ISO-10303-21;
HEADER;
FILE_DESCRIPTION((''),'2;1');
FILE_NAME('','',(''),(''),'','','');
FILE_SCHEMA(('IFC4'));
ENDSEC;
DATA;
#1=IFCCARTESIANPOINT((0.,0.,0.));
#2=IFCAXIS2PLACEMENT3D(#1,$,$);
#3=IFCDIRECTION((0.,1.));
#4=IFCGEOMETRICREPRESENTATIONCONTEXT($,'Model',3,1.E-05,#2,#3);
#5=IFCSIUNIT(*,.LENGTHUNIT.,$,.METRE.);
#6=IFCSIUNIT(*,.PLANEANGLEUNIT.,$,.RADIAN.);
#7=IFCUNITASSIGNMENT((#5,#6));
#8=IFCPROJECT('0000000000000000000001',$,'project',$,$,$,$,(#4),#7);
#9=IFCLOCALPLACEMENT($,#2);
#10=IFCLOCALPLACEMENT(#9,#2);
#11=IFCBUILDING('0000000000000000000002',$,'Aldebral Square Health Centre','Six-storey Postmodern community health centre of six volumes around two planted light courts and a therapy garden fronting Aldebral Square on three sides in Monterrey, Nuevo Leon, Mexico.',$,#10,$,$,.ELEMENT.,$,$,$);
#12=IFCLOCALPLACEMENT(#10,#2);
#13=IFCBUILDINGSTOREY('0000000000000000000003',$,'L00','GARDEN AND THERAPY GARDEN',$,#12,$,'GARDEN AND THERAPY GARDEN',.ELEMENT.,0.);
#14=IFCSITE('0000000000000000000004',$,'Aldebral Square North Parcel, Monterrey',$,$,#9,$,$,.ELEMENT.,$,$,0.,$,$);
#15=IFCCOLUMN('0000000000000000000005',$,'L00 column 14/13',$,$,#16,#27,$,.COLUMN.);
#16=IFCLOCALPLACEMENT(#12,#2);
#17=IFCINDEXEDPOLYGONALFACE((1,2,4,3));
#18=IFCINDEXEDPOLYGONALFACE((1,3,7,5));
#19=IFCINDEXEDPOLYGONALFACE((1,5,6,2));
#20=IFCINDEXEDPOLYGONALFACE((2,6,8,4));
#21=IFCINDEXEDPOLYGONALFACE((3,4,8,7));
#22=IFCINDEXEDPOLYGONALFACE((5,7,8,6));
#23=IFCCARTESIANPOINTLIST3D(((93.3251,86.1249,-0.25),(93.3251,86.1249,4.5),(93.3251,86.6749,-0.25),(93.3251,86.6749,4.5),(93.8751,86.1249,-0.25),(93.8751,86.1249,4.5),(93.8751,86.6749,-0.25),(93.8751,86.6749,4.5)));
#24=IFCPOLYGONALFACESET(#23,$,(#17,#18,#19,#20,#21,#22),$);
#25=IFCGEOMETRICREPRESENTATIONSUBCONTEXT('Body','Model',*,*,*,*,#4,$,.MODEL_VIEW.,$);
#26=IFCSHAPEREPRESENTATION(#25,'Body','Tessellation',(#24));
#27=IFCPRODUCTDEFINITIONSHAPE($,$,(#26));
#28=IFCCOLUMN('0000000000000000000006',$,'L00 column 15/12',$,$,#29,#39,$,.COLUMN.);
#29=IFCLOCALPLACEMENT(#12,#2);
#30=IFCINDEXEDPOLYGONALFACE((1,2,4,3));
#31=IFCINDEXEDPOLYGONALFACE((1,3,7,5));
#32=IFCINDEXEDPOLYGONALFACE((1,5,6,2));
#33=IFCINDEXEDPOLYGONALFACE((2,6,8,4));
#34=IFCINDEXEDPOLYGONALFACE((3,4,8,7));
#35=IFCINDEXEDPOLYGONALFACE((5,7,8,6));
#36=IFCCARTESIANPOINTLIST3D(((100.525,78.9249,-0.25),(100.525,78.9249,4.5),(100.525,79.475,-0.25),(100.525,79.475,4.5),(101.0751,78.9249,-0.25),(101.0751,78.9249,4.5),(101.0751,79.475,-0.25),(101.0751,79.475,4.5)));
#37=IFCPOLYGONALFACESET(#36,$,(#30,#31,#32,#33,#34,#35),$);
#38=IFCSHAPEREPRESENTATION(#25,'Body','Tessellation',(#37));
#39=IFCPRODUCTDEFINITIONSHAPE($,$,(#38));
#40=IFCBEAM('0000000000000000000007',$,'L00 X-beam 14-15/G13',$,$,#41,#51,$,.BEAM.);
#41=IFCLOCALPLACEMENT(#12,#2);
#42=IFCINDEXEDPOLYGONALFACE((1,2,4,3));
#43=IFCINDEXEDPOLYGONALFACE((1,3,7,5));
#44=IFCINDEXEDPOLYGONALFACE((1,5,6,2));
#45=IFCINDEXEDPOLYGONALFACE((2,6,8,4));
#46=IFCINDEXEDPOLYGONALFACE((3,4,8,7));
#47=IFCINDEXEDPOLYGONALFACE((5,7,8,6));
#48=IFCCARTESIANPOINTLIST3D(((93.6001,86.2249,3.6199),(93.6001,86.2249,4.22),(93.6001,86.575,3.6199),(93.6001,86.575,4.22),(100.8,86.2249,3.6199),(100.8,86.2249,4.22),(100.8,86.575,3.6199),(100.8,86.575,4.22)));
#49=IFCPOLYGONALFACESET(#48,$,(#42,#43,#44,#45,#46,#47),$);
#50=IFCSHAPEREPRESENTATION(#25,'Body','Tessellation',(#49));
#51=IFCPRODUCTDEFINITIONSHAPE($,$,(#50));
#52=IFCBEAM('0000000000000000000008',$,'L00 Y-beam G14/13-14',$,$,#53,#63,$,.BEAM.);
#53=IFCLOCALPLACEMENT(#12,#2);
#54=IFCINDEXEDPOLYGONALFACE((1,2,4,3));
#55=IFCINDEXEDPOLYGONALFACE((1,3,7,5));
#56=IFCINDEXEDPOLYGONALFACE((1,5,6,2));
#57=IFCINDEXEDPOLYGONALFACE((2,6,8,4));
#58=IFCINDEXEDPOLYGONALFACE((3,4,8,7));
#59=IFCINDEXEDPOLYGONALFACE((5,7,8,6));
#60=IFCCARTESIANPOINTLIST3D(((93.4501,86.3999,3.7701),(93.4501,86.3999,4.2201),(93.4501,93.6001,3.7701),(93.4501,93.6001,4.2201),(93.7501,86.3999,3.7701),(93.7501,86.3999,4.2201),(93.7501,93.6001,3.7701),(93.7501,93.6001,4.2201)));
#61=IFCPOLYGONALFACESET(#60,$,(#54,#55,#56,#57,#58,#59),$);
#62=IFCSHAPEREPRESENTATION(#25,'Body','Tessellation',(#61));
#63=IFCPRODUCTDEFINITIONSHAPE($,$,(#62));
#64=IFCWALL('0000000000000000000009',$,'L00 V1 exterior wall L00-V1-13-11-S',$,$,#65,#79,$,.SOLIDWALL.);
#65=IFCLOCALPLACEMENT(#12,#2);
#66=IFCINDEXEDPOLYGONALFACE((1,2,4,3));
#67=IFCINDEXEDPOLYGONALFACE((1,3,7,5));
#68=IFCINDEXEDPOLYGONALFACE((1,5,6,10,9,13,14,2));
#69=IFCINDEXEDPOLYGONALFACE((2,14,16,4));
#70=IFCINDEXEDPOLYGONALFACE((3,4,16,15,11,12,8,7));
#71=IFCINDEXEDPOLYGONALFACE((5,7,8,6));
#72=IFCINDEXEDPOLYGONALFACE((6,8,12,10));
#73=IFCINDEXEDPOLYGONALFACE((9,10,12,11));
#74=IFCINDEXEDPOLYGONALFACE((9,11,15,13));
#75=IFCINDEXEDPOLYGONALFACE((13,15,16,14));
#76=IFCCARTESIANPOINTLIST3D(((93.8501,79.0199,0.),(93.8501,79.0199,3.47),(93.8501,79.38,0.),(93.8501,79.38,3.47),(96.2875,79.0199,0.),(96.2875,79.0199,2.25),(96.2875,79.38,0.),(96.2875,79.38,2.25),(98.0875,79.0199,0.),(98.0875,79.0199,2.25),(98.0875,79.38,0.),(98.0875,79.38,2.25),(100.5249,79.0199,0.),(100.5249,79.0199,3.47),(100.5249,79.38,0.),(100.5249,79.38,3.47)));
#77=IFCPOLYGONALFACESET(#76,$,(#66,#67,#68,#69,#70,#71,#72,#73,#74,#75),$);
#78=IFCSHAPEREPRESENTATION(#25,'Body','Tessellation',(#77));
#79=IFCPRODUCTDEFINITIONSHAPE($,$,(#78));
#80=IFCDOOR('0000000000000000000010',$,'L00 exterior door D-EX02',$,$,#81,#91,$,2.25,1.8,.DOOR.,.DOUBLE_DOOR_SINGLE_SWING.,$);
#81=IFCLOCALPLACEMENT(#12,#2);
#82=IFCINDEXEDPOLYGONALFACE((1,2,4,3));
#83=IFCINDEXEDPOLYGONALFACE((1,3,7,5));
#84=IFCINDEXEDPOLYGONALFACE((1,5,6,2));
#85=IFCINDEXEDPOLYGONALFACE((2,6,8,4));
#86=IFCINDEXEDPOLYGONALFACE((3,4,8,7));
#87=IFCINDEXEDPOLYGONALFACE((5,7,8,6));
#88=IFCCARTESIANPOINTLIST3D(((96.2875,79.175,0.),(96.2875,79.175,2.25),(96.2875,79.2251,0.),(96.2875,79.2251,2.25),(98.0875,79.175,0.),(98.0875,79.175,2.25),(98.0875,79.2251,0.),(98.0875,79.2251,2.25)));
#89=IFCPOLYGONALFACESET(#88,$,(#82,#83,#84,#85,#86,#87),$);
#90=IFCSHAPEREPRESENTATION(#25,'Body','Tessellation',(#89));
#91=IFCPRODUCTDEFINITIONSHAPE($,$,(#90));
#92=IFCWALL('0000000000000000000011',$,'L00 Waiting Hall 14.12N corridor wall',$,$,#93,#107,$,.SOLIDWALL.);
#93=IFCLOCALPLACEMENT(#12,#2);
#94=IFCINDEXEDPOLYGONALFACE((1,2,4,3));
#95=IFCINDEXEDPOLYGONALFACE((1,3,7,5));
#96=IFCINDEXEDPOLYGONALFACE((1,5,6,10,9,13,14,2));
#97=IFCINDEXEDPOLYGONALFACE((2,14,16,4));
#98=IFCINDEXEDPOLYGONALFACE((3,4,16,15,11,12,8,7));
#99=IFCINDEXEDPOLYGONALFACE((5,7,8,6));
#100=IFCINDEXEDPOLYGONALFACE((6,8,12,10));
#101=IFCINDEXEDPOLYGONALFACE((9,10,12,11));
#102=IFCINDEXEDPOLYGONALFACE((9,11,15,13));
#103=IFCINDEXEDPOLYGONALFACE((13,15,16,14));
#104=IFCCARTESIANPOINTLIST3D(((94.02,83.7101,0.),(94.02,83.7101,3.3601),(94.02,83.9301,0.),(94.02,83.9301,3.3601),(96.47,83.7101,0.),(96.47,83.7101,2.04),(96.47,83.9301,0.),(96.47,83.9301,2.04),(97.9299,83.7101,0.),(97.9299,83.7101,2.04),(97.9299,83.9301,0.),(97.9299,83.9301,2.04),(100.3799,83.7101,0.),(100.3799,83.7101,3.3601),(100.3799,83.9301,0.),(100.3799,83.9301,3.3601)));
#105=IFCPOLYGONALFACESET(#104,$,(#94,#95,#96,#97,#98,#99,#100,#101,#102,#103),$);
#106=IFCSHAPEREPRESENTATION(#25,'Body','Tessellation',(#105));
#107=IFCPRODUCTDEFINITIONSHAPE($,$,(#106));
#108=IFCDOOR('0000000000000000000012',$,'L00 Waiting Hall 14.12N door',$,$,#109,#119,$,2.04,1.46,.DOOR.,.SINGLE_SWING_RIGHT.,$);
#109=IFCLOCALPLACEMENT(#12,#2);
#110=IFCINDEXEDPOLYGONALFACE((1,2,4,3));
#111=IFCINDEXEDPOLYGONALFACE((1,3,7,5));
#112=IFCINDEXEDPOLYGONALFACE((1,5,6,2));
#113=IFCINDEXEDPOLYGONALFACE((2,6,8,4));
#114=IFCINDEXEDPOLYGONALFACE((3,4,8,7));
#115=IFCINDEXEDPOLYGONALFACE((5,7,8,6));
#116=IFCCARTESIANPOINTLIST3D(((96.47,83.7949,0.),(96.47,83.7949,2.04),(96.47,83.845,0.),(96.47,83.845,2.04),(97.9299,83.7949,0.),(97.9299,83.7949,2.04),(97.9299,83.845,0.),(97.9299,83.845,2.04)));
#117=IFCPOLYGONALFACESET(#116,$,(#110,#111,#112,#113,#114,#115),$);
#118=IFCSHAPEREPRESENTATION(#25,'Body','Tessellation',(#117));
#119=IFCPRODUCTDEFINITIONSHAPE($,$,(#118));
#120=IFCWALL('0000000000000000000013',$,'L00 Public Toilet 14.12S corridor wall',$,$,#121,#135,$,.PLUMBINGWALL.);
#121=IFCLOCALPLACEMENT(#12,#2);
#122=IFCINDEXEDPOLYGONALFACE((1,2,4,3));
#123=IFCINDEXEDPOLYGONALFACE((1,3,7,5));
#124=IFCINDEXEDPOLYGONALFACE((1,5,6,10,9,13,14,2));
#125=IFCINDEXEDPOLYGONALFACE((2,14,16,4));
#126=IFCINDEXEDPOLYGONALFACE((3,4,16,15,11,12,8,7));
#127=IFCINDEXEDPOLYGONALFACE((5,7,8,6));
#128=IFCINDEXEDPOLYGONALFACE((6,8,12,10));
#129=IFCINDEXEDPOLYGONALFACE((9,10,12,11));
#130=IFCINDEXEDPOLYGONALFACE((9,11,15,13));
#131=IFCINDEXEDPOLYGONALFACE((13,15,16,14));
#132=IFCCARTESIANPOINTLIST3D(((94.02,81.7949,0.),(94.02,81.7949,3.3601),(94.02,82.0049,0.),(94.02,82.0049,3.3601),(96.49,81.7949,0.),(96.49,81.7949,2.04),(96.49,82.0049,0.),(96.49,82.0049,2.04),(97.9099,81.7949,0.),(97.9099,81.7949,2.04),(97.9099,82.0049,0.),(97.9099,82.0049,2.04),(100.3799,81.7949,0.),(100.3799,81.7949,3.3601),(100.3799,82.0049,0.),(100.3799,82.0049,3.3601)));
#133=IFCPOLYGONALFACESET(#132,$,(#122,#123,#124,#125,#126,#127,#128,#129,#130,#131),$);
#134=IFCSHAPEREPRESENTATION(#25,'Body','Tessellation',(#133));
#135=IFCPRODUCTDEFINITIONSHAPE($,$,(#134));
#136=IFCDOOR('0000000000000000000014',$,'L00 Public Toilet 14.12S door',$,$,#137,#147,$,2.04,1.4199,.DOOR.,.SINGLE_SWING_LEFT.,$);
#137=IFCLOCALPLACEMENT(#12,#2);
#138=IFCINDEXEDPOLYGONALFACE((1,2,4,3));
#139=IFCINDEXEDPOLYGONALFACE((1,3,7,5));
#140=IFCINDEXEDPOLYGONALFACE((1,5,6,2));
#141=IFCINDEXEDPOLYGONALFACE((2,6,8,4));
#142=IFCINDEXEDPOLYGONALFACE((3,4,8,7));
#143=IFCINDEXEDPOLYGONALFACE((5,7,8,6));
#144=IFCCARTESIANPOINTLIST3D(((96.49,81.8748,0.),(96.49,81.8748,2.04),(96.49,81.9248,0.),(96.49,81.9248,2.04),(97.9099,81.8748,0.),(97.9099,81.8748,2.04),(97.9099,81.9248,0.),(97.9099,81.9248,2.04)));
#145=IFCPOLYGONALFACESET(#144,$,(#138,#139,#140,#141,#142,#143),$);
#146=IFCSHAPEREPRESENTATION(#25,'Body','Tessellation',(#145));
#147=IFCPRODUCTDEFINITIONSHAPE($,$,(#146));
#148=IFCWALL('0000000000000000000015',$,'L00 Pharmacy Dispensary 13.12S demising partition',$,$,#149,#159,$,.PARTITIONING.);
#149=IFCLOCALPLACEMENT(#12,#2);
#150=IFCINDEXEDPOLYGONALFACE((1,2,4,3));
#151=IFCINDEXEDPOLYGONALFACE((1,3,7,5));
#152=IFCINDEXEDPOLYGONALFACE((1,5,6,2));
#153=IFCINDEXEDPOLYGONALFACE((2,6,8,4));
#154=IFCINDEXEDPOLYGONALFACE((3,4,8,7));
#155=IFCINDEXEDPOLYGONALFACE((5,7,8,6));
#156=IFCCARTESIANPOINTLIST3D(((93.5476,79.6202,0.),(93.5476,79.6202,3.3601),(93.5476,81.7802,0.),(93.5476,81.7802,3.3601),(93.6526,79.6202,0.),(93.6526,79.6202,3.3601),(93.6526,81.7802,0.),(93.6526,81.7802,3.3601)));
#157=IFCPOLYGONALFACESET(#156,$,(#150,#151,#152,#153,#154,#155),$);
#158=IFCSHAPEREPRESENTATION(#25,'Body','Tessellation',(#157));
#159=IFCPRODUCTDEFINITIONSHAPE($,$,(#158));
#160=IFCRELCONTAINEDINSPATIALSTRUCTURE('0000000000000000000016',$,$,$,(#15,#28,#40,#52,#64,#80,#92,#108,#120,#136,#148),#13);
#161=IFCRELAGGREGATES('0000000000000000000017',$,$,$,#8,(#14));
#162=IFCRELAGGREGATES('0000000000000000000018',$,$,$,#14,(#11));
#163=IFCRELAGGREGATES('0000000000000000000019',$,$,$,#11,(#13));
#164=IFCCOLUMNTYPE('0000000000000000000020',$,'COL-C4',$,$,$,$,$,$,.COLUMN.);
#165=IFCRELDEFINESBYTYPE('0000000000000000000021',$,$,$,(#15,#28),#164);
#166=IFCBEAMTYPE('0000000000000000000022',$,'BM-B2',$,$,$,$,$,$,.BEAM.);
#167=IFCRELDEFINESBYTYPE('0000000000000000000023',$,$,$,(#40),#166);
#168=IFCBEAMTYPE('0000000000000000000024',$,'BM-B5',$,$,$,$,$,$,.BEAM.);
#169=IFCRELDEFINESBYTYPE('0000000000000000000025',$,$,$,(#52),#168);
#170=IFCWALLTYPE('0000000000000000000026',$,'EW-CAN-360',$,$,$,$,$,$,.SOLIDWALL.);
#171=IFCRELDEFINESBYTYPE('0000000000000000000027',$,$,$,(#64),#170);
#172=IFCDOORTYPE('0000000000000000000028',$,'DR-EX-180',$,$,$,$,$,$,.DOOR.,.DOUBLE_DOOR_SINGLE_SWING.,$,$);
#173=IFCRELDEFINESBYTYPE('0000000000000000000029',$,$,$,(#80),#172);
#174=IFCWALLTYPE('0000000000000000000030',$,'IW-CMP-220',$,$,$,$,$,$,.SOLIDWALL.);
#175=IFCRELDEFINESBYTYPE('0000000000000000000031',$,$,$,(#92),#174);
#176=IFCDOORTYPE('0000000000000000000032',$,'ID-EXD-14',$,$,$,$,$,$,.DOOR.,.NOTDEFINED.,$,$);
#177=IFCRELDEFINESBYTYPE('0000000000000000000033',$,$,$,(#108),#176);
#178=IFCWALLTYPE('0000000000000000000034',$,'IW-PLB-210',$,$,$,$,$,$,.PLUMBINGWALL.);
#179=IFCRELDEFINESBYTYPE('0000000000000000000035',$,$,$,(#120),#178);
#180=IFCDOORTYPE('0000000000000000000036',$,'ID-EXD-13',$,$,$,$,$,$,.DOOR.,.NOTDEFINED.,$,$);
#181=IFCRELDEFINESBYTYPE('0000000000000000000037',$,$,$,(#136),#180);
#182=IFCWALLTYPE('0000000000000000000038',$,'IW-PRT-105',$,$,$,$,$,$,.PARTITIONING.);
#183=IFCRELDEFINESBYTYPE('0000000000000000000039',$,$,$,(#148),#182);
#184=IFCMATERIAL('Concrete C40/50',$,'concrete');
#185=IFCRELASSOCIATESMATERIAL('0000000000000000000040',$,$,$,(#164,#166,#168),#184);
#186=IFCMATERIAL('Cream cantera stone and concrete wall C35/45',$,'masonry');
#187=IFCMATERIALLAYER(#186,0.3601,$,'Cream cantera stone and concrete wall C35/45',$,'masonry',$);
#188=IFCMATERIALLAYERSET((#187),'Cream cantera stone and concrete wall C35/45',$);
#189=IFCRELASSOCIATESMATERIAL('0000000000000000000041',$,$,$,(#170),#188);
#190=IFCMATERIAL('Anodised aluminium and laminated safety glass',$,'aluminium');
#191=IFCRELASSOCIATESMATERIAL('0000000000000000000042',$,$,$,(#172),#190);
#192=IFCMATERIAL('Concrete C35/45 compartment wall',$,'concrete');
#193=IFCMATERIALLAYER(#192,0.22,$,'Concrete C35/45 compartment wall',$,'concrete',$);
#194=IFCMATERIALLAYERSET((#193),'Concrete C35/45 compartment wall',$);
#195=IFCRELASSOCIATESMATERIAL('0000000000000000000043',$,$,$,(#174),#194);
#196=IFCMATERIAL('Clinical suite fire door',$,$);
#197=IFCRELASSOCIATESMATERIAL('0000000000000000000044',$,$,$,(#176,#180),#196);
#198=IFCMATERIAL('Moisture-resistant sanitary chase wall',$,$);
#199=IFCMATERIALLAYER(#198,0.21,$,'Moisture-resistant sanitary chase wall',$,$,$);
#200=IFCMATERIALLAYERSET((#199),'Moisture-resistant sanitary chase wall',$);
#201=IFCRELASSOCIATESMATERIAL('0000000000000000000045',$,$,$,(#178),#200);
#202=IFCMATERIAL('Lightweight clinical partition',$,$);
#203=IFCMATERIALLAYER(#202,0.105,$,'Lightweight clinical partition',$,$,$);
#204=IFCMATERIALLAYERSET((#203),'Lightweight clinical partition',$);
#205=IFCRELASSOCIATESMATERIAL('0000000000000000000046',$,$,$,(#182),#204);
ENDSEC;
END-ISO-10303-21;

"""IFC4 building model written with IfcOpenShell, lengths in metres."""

from ifc_helpers import new_model, si_unit, direction, frame, frame_2d, origin, origin_2d, place, context, subcontext, project, spatial, rectangle, extrude, material, layer, layer_set, material_profile, profile_set, type_object, element, fill, save


model = new_model("IFC4")

# Units and contexts
model_context = context("Model", 3, precision=1e-05, world=origin(), true_north=direction((0.0, 1.0)))
body_context = subcontext(model_context, "Body", "Model", "MODEL_VIEW")
ifc_project = project(units=[si_unit("LENGTHUNIT", "METRE"), si_unit("PLANEANGLEUNIT", "RADIAN")], contexts=[model_context])

# Site, building, storey
site_placement = place(None, origin())
site = spatial("IfcSite", under=ifc_project, at=site_placement, Name="Aldebral Square North Parcel, Monterrey", CompositionType="ELEMENT", RefElevation=0.0)
building_placement = place(site_placement, origin())
building = spatial("IfcBuilding", under=site, at=building_placement, Name="Aldebral Square Health Centre", Description="Six-storey Postmodern community health centre of six volumes around two planted light courts and a therapy garden fronting Aldebral Square on three sides in Monterrey, Nuevo Leon, Mexico.", CompositionType="ELEMENT")
storey_placement = place(building_placement, origin())
storey = spatial("IfcBuildingStorey", under=building, at=storey_placement, Name="L00", Description="GARDEN AND THERAPY GARDEN", LongName="GARDEN AND THERAPY GARDEN", CompositionType="ELEMENT", Elevation=0.0)

# Columns
ifc_material_1 = material(Name="Concrete C40/50", Category="concrete")
ifc_material_profile_1 = material_profile(ifc_material_1, rectangle(XDim=0.55, YDim=0.55, at=origin_2d()), Name="RC 550x550")
ifc_profile_set_1 = profile_set([ifc_material_profile_1], Name="Concrete C40/50")
column_type = type_object("IfcColumnType", Name="COL-C4", PredefinedType="COLUMN", material=ifc_profile_set_1)
for number, where, z_axis, x_axis, name in (
    (1, (93.6001, 86.3999, -0.25), (0.0, 0.0, 1.0), (1.0, 0.0, 0.0), "L00 column 14/13"),
    (2, (100.8, 79.2, -0.25), (0.0, 0.0, 1.0), (1.0, 0.0, 0.0), "L00 column 15/12"),
):
    element("IfcColumn", number, at=place(storey_placement, frame(where, z_axis=z_axis, x_axis=x_axis)), inside=storey, type_object=column_type, Name=name, PredefinedType="COLUMN", context=body_context, shape_type="SweptSolid", body=[
        extrude(rectangle(XDim=0.55, YDim=0.55, at=origin_2d()), origin(), (0.0, 0.0, 1.0), 4.75),
    ])

# Beams
ifc_material_profile_2 = material_profile(ifc_material_1, rectangle(XDim=0.3501, YDim=0.6001, at=origin_2d()), Name="RC 350x600")
ifc_profile_set_2 = profile_set([ifc_material_profile_2], Name="Concrete C40/50")
beam_type_1 = type_object("IfcBeamType", Name="BM-B2", PredefinedType="BEAM", material=ifc_profile_set_2)
beam_1_placement = place(storey_placement, frame((93.6001, 86.3999, 3.9199), z_axis=(1.0, 0.0, 0.0), x_axis=(0.0, 1.0, 0.0)))
element("IfcBeam", 3, at=beam_1_placement, inside=storey, type_object=beam_type_1, Name="L00 X-beam 14-15/G13", PredefinedType="BEAM", context=body_context, shape_type="SweptSolid", body=[
    extrude(rectangle(XDim=0.3501, YDim=0.6001, at=origin_2d()), origin(), (0.0, 0.0, 1.0), 7.2),
])
ifc_material_profile_3 = material_profile(ifc_material_1, rectangle(XDim=0.3, YDim=0.45, at=origin_2d()), Name="RC 300x450")
ifc_profile_set_3 = profile_set([ifc_material_profile_3], Name="Concrete C40/50")
beam_type_2 = type_object("IfcBeamType", Name="BM-B5", PredefinedType="BEAM", material=ifc_profile_set_3)
beam_2_placement = place(storey_placement, frame((93.6001, 86.3999, 3.9951), z_axis=(0.0, 1.0, 0.0), x_axis=(-1.0, 0.0, 0.0)))
element("IfcBeam", 4, at=beam_2_placement, inside=storey, type_object=beam_type_2, Name="L00 Y-beam G14/13-14", PredefinedType="BEAM", context=body_context, shape_type="SweptSolid", body=[
    extrude(rectangle(XDim=0.3, YDim=0.45, at=origin_2d()), origin(), (0.0, 0.0, 1.0), 7.2002),
])

# Walls, openings, doors
ifc_material_2 = material(Name="Cream cantera stone and concrete wall C35/45", Category="masonry")
ifc_layer_1 = layer(ifc_material_2, 0.3601, Name="Cream cantera stone and concrete wall C35/45", Category="masonry")
ifc_layer_set_1 = layer_set([ifc_layer_1], Name="Cream cantera stone and concrete wall C35/45")
wall_type_1 = type_object("IfcWallType", Name="EW-CAN-360", PredefinedType="SOLIDWALL", material=ifc_layer_set_1)
wall_1_placement = place(storey_placement, frame((100.5249, 79.2, 0.0), z_axis=(0.0, 0.0, 1.0), x_axis=(-1.0, 0.0, 0.0)))
wall_1 = element("IfcWall", 5, at=wall_1_placement, inside=storey, type_object=wall_type_1, Name="L00 V1 exterior wall L00-V1-13-11-S", PredefinedType="SOLIDWALL", context=body_context, shape_type="SweptSolid", body=[
    extrude(rectangle(XDim=6.6748, YDim=0.3601, at=frame_2d((3.3374, 0.0))), origin(), (0.0, 0.0, 1.0), 3.47),
])
opening_1_placement = place(wall_1_placement, frame((2.4375, 0.0, 0.0)))
opening_1 = element("IfcOpeningElement", 6, at=opening_1_placement, cuts=wall_1, PredefinedType="OPENING", context=body_context, shape_type="SweptSolid", body=[
    extrude(rectangle(XDim=1.8, YDim=2.25, at=frame_2d((0.8999, 1.125))), frame((0.0, 0.1899, 0.0), z_axis=(0.0, -1.0, 0.0), x_axis=(1.0, 0.0, 0.0)), (0.0, 0.0, 1.0), 0.3801),
])
ifc_material_3 = material(Name="Anodised aluminium and laminated safety glass", Category="aluminium")
door_type_1 = type_object("IfcDoorType", Name="DR-EX-180", OperationType="DOUBLE_DOOR_SINGLE_SWING", PredefinedType="DOOR", material=ifc_material_3)
door_1_placement = place(opening_1_placement, origin())
door_1 = element("IfcDoor", 7, at=door_1_placement, inside=storey, type_object=door_type_1, Name="L00 exterior door D-EX02", OperationType="DOUBLE_DOOR_SINGLE_SWING", OverallHeight=2.25, OverallWidth=1.8, PredefinedType="DOOR", context=body_context, shape_type="SweptSolid", body=[
    extrude(rectangle(XDim=1.8, YDim=2.25, at=frame_2d((0.8999, 1.125))), frame((0.0, 0.0249, 0.0), z_axis=(0.0, -1.0, 0.0), x_axis=(1.0, 0.0, 0.0)), (0.0, 0.0, 1.0), 0.05),
])
fill(opening_1, door_1)
ifc_material_4 = material(Name="Concrete C35/45 compartment wall", Category="concrete")
ifc_layer_2 = layer(ifc_material_4, 0.22, Name="Concrete C35/45 compartment wall", Category="concrete")
ifc_layer_set_2 = layer_set([ifc_layer_2], Name="Concrete C35/45 compartment wall")
wall_type_2 = type_object("IfcWallType", Name="IW-CMP-220", PredefinedType="SOLIDWALL", material=ifc_layer_set_2)
wall_2_placement = place(storey_placement, frame((94.02, 83.8201, 0.0), z_axis=(0.0, 0.0, 1.0), x_axis=(1.0, 0.0, 0.0)))
wall_2 = element("IfcWall", 8, at=wall_2_placement, inside=storey, type_object=wall_type_2, Name="L00 Waiting Hall 14.12N corridor wall", PredefinedType="SOLIDWALL", context=body_context, shape_type="SweptSolid", body=[
    extrude(rectangle(XDim=6.3599, YDim=0.22, at=frame_2d((3.1799, 0.0))), origin(), (0.0, 0.0, 1.0), 3.3601),
])
opening_2_placement = place(wall_2_placement, frame((2.45, 0.0, 0.0)))
opening_2 = element("IfcOpeningElement", 9, at=opening_2_placement, cuts=wall_2, PredefinedType="OPENING", context=body_context, shape_type="SweptSolid", body=[
    extrude(rectangle(XDim=1.46, YDim=2.04, at=frame_2d((0.73, 1.02))), frame((0.0, 0.1201, 0.0), z_axis=(0.0, -1.0, 0.0), x_axis=(1.0, 0.0, 0.0)), (0.0, 0.0, 1.0), 0.24),
])
ifc_material_5 = material(Name="Clinical suite fire door")
door_type_2 = type_object("IfcDoorType", Name="ID-EXD-14", OperationType="NOTDEFINED", PredefinedType="DOOR", material=ifc_material_5)
door_2_placement = place(opening_2_placement, origin())
door_2 = element("IfcDoor", 10, at=door_2_placement, inside=storey, type_object=door_type_2, Name="L00 Waiting Hall 14.12N door", OperationType="SINGLE_SWING_RIGHT", OverallHeight=2.04, OverallWidth=1.46, PredefinedType="DOOR", context=body_context, shape_type="SweptSolid", body=[
    extrude(rectangle(XDim=1.46, YDim=2.04, at=frame_2d((0.73, 1.02))), frame((0.0, 0.0249, 0.0), z_axis=(0.0, -1.0, 0.0), x_axis=(1.0, 0.0, 0.0)), (0.0, 0.0, 1.0), 0.05),
])
fill(opening_2, door_2)
ifc_material_6 = material(Name="Moisture-resistant sanitary chase wall")
ifc_layer_3 = layer(ifc_material_6, 0.21, Name="Moisture-resistant sanitary chase wall")
ifc_layer_set_3 = layer_set([ifc_layer_3], Name="Moisture-resistant sanitary chase wall")
wall_type_3 = type_object("IfcWallType", Name="IW-PLB-210", PredefinedType="PLUMBINGWALL", material=ifc_layer_set_3)
wall_3_placement = place(storey_placement, frame((94.02, 81.8999, 0.0), z_axis=(0.0, 0.0, 1.0), x_axis=(1.0, 0.0, 0.0)))
wall_3 = element("IfcWall", 11, at=wall_3_placement, inside=storey, type_object=wall_type_3, Name="L00 Public Toilet 14.12S corridor wall", PredefinedType="PLUMBINGWALL", context=body_context, shape_type="SweptSolid", body=[
    extrude(rectangle(XDim=6.3599, YDim=0.21, at=frame_2d((3.1799, 0.0))), origin(), (0.0, 0.0, 1.0), 3.3601),
])
opening_3_placement = place(wall_3_placement, frame((2.47, 0.0, 0.0)))
opening_3 = element("IfcOpeningElement", 12, at=opening_3_placement, cuts=wall_3, PredefinedType="OPENING", context=body_context, shape_type="SweptSolid", body=[
    extrude(rectangle(XDim=1.4199, YDim=2.04, at=frame_2d((0.71, 1.02))), frame((0.0, 0.115, 0.0), z_axis=(0.0, -1.0, 0.0), x_axis=(1.0, 0.0, 0.0)), (0.0, 0.0, 1.0), 0.23),
])
door_type_3 = type_object("IfcDoorType", Name="ID-EXD-13", OperationType="NOTDEFINED", PredefinedType="DOOR", material=ifc_material_5)
door_3_placement = place(opening_3_placement, origin())
door_3 = element("IfcDoor", 13, at=door_3_placement, inside=storey, type_object=door_type_3, Name="L00 Public Toilet 14.12S door", OperationType="SINGLE_SWING_LEFT", OverallHeight=2.04, OverallWidth=1.4199, PredefinedType="DOOR", context=body_context, shape_type="SweptSolid", body=[
    extrude(rectangle(XDim=1.4199, YDim=2.04, at=frame_2d((0.71, 1.02))), frame((0.0, 0.0249, 0.0), z_axis=(0.0, -1.0, 0.0), x_axis=(1.0, 0.0, 0.0)), (0.0, 0.0, 1.0), 0.05),
])
fill(opening_3, door_3)

# Wall
ifc_material_7 = material(Name="Lightweight clinical partition")
ifc_layer_4 = layer(ifc_material_7, 0.105, Name="Lightweight clinical partition")
ifc_layer_set_4 = layer_set([ifc_layer_4], Name="Lightweight clinical partition")
wall_type_4 = type_object("IfcWallType", Name="IW-PRT-105", PredefinedType="PARTITIONING", material=ifc_layer_set_4)
wall_4_placement = place(storey_placement, frame((93.6001, 79.6201, 0.0), z_axis=(0.0, 0.0, 1.0), x_axis=(0.0, 1.0, 0.0)))
element("IfcWall", 14, at=wall_4_placement, inside=storey, type_object=wall_type_4, Name="L00 Pharmacy Dispensary 13.12S demising partition", PredefinedType="PARTITIONING", context=body_context, shape_type="SweptSolid", body=[
    extrude(rectangle(XDim=2.1599, YDim=0.105, at=frame_2d((1.0801, 0.0))), origin(), (0.0, 0.0, 1.0), 3.3601),
])

save(model, "model.ifc")
